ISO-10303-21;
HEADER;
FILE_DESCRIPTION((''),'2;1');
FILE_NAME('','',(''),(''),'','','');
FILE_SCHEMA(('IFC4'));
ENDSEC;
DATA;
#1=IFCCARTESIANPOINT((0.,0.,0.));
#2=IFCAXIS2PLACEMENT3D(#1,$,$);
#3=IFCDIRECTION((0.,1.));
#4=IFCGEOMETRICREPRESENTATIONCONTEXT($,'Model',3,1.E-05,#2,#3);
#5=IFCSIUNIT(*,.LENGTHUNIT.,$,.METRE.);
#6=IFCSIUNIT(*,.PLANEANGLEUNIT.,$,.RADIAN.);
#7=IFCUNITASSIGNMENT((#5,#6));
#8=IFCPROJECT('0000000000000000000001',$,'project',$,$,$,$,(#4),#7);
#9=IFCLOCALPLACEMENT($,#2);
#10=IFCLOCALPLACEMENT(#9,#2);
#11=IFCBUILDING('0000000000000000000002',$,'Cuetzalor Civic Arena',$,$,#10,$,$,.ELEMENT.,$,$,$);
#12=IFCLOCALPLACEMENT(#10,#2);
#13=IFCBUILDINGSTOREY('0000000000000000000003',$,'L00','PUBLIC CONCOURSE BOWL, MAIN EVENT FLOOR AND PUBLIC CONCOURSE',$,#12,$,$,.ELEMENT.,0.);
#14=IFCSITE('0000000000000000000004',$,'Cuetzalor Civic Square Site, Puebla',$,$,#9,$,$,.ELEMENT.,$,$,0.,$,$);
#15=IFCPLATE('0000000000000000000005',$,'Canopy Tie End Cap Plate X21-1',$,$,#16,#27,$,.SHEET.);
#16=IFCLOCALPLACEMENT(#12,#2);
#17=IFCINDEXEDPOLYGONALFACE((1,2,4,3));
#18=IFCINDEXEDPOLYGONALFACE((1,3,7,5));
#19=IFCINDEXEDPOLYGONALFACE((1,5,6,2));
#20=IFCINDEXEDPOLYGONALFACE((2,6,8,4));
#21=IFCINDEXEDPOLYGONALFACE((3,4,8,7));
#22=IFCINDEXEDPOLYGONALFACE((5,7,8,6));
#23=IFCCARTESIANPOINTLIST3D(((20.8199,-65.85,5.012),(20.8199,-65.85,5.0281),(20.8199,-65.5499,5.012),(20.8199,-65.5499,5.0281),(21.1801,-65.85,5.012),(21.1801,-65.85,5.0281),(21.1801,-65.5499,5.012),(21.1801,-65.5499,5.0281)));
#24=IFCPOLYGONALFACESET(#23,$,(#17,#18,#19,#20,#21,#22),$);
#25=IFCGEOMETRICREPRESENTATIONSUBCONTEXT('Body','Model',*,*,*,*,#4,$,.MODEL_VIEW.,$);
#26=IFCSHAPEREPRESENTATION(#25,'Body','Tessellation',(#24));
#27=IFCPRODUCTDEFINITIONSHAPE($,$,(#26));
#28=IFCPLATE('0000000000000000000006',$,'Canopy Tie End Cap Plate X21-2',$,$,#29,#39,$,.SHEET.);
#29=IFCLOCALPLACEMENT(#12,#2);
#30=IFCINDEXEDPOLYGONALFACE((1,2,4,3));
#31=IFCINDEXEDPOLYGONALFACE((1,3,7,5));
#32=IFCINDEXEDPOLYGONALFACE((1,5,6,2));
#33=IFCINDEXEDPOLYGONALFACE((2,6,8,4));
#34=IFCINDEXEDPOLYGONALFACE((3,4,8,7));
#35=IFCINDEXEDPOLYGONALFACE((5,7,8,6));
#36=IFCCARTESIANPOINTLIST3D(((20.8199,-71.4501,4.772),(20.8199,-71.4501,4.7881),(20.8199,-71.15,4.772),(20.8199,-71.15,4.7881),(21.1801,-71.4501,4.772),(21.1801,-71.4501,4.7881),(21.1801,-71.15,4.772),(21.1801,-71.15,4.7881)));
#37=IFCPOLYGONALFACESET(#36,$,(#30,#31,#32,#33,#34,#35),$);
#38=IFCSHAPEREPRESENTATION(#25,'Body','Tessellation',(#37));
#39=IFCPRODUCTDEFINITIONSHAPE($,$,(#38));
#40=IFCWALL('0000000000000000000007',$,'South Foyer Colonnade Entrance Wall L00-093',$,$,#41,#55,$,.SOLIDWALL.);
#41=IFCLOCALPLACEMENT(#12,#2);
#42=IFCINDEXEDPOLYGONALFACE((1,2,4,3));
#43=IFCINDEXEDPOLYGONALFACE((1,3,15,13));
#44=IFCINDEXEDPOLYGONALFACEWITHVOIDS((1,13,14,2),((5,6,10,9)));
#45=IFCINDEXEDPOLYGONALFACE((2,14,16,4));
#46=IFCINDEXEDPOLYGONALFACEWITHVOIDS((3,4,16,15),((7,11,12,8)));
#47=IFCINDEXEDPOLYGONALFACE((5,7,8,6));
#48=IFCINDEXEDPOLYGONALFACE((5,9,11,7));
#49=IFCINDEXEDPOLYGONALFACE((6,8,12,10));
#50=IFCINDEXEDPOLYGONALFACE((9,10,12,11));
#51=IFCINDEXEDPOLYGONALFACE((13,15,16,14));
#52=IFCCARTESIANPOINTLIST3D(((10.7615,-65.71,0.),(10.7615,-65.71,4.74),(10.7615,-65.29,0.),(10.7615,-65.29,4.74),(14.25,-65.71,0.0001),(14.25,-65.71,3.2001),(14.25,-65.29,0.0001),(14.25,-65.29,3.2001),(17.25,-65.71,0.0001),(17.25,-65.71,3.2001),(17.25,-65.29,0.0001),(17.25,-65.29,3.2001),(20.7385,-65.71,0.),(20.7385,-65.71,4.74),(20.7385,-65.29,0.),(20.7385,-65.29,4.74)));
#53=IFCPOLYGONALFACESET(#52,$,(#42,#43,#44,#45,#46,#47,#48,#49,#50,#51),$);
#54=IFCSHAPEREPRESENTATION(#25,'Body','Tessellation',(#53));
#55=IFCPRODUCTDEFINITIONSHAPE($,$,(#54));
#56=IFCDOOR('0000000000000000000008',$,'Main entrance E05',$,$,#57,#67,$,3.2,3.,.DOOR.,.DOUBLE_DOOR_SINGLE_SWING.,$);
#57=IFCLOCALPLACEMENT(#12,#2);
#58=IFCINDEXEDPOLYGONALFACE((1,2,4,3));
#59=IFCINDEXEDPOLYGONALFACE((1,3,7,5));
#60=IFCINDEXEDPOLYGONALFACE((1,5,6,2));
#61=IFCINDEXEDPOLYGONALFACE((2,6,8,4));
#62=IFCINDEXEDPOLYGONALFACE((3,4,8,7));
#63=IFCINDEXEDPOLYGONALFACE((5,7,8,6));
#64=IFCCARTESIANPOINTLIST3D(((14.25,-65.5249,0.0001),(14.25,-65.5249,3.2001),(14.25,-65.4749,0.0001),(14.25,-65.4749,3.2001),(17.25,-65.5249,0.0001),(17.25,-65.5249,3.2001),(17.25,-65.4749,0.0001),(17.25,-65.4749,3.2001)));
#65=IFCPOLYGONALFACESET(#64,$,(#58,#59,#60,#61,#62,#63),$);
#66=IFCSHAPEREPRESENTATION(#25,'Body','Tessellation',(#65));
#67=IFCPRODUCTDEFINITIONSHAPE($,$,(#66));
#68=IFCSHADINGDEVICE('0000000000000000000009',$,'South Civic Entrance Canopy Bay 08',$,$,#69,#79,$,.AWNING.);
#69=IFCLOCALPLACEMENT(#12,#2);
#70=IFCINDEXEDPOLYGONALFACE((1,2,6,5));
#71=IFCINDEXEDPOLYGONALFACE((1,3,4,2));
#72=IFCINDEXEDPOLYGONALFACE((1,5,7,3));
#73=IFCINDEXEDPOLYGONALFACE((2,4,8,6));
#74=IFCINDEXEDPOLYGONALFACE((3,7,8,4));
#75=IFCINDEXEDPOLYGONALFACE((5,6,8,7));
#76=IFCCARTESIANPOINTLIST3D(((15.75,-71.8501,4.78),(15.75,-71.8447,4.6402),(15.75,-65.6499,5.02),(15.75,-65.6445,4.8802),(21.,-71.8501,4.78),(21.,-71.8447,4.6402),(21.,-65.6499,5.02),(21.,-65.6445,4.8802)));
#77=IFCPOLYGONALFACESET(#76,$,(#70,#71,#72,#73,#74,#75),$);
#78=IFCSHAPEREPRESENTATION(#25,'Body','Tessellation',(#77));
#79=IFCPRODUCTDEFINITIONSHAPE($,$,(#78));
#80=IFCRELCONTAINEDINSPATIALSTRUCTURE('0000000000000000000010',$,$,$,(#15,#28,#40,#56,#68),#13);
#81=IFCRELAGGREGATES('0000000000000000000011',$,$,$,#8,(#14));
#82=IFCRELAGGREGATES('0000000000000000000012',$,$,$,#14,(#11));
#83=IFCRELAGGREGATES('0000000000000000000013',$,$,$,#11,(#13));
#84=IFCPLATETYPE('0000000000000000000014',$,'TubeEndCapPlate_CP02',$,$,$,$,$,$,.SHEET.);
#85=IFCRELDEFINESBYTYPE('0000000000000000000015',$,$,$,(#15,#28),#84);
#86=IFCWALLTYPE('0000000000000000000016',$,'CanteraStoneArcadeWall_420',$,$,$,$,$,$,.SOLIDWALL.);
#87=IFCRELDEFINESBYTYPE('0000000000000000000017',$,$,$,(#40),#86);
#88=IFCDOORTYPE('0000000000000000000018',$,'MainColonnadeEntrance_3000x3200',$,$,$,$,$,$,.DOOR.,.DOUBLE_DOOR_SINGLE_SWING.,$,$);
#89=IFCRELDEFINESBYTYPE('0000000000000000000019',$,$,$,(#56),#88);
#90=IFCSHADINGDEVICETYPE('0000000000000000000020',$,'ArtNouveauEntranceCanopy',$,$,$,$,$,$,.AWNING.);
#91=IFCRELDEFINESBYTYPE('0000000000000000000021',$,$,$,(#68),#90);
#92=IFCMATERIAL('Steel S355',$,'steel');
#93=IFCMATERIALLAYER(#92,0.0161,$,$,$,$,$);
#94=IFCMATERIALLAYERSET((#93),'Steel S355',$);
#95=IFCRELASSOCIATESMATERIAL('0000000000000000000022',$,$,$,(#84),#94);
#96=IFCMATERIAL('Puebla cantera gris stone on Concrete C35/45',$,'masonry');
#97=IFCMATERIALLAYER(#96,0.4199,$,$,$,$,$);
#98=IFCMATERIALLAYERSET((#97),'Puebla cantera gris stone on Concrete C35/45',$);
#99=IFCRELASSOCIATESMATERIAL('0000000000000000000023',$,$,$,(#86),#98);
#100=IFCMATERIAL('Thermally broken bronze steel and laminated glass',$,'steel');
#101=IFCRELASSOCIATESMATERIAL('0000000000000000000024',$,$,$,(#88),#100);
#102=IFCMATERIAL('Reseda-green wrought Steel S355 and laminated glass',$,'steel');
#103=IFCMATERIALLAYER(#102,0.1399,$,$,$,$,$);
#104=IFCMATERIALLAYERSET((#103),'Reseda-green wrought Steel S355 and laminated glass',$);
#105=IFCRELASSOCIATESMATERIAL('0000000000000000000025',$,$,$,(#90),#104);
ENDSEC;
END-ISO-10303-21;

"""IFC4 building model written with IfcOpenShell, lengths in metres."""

from ifc_helpers import new_model, si_unit, direction, frame, frame_2d, origin, origin_2d, place, context, subcontext, project, spatial, polyline, rectangle, outline, extrude, material, layer, layer_set, type_object, element, fill, save


model = new_model("IFC4")

# Units and contexts
model_context = context("Model", 3, precision=1e-05, world=origin(), true_north=direction((0.0, 1.0)))
body_context = subcontext(model_context, "Body", "Model", "MODEL_VIEW")
ifc_project = project(units=[si_unit("LENGTHUNIT", "METRE"), si_unit("PLANEANGLEUNIT", "RADIAN")], contexts=[model_context])

# Site, building, storey
site_placement = place(None, origin())
site = spatial("IfcSite", under=ifc_project, at=site_placement, Name="Cuetzalor Civic Square Site, Puebla", CompositionType="ELEMENT", RefElevation=0.0)
building_placement = place(site_placement, origin())
building = spatial("IfcBuilding", under=site, at=building_placement, Name="Cuetzalor Civic Arena", CompositionType="ELEMENT")
storey_placement = place(building_placement, origin())
storey = spatial("IfcBuildingStorey", under=building, at=storey_placement, Name="L00", Description="PUBLIC CONCOURSE BOWL, MAIN EVENT FLOOR AND PUBLIC CONCOURSE", CompositionType="ELEMENT", Elevation=0.0)

# Plates
ifc_material_1 = material(Name="Steel S355", Category="steel")
ifc_layer_1 = layer(ifc_material_1, 0.0161)
ifc_layer_set_1 = layer_set([ifc_layer_1], Name="Steel S355")
plate_type = type_object("IfcPlateType", Name="TubeEndCapPlate_CP02", PredefinedType="SHEET", material=ifc_layer_set_1)
for number, where, z_axis, x_axis, name in (
    (1, (21.0, -65.7, 5.012), (0.0, 0.0, 1.0), (1.0, 0.0, 0.0), "Canopy Tie End Cap Plate X21-1"),
    (2, (21.0, -71.3, 4.772), (0.0, 0.0, 1.0), (1.0, 0.0, 0.0), "Canopy Tie End Cap Plate X21-2"),
):
    element("IfcPlate", number, at=place(storey_placement, frame(where, z_axis=z_axis, x_axis=x_axis)), inside=storey, type_object=plate_type, Name=name, PredefinedType="SHEET", context=body_context, shape_type="SweptSolid", body=[
        extrude(rectangle(XDim=0.3601, YDim=0.3, at=origin_2d()), origin(), (0.0, 0.0, 1.0), 0.0161),
    ])

# Wall, opening, door
ifc_material_2 = material(Name="Puebla cantera gris stone on Concrete C35/45", Category="masonry")
ifc_layer_2 = layer(ifc_material_2, 0.4199)
ifc_layer_set_2 = layer_set([ifc_layer_2], Name="Puebla cantera gris stone on Concrete C35/45")
wall_type = type_object("IfcWallType", Name="CanteraStoneArcadeWall_420", PredefinedType="SOLIDWALL", material=ifc_layer_set_2)
wall_placement = place(storey_placement, frame((20.7385, -65.5, 0.0), z_axis=(0.0, 0.0, 1.0), x_axis=(-1.0, 0.0, 0.0)))
wall = element("IfcWall", 3, at=wall_placement, inside=storey, type_object=wall_type, Name="South Foyer Colonnade Entrance Wall L00-093", PredefinedType="SOLIDWALL", context=body_context, shape_type="SweptSolid", body=[
    extrude(rectangle(XDim=9.9771, YDim=0.4199, at=frame_2d((4.9885, 0.0))), origin(), (0.0, 0.0, 1.0), 4.74),
])
opening_placement = place(wall_placement, frame((3.4885, 0.0, 0.0)))
opening = element("IfcOpeningElement", 4, at=opening_placement, cuts=wall, PredefinedType="OPENING", context=body_context, shape_type="SweptSolid", body=[
    extrude(rectangle(XDim=3.0, YDim=3.2, at=frame_2d((1.5, 1.6001))), frame((0.0, 0.22, 0.0), z_axis=(0.0, -1.0, 0.0), x_axis=(1.0, 0.0, 0.0)), (0.0, 0.0, 1.0), 0.4399),
])
ifc_material_3 = material(Name="Thermally broken bronze steel and laminated glass", Category="steel")
door_type = type_object("IfcDoorType", Name="MainColonnadeEntrance_3000x3200", OperationType="DOUBLE_DOOR_SINGLE_SWING", PredefinedType="DOOR", material=ifc_material_3)
door_placement = place(opening_placement, origin())
door = element("IfcDoor", 5, at=door_placement, inside=storey, type_object=door_type, Name="Main entrance E05", OperationType="DOUBLE_DOOR_SINGLE_SWING", OverallHeight=3.2, OverallWidth=3.0, PredefinedType="DOOR", context=body_context, shape_type="SweptSolid", body=[
    extrude(rectangle(XDim=3.0, YDim=3.2, at=frame_2d((1.5, 1.6001))), frame((0.0, 0.0249, 0.0), z_axis=(0.0, -1.0, 0.0), x_axis=(1.0, 0.0, 0.0)), (0.0, 0.0, 1.0), 0.05),
])
fill(opening, door)

# Shading device
ifc_material_4 = material(Name="Reseda-green wrought Steel S355 and laminated glass", Category="steel")
ifc_layer_3 = layer(ifc_material_4, 0.1399)
ifc_layer_set_3 = layer_set([ifc_layer_3], Name="Reseda-green wrought Steel S355 and laminated glass")
shading_device_type = type_object("IfcShadingDeviceType", Name="ArtNouveauEntranceCanopy", PredefinedType="AWNING", material=ifc_layer_set_3)
shading_device_placement = place(storey_placement, frame((15.75, -65.6499, 5.02), z_axis=(0.0, -0.038678, 0.999252), x_axis=(1.0, 0.0, 0.0)))
element("IfcShadingDevice", 6, at=shading_device_placement, inside=storey, type_object=shading_device_type, Name="South Civic Entrance Canopy Bay 08", PredefinedType="AWNING", context=body_context, shape_type="SweptSolid", body=[
    extrude(outline(polyline([(0.0, 0.0), (5.25, 0.0), (5.25, -6.2048), (0.0, -6.2048), (0.0, 0.0)])), origin(), (0.0, 0.0, -1.0), 0.1399),
])

save(model, "model.ifc")
